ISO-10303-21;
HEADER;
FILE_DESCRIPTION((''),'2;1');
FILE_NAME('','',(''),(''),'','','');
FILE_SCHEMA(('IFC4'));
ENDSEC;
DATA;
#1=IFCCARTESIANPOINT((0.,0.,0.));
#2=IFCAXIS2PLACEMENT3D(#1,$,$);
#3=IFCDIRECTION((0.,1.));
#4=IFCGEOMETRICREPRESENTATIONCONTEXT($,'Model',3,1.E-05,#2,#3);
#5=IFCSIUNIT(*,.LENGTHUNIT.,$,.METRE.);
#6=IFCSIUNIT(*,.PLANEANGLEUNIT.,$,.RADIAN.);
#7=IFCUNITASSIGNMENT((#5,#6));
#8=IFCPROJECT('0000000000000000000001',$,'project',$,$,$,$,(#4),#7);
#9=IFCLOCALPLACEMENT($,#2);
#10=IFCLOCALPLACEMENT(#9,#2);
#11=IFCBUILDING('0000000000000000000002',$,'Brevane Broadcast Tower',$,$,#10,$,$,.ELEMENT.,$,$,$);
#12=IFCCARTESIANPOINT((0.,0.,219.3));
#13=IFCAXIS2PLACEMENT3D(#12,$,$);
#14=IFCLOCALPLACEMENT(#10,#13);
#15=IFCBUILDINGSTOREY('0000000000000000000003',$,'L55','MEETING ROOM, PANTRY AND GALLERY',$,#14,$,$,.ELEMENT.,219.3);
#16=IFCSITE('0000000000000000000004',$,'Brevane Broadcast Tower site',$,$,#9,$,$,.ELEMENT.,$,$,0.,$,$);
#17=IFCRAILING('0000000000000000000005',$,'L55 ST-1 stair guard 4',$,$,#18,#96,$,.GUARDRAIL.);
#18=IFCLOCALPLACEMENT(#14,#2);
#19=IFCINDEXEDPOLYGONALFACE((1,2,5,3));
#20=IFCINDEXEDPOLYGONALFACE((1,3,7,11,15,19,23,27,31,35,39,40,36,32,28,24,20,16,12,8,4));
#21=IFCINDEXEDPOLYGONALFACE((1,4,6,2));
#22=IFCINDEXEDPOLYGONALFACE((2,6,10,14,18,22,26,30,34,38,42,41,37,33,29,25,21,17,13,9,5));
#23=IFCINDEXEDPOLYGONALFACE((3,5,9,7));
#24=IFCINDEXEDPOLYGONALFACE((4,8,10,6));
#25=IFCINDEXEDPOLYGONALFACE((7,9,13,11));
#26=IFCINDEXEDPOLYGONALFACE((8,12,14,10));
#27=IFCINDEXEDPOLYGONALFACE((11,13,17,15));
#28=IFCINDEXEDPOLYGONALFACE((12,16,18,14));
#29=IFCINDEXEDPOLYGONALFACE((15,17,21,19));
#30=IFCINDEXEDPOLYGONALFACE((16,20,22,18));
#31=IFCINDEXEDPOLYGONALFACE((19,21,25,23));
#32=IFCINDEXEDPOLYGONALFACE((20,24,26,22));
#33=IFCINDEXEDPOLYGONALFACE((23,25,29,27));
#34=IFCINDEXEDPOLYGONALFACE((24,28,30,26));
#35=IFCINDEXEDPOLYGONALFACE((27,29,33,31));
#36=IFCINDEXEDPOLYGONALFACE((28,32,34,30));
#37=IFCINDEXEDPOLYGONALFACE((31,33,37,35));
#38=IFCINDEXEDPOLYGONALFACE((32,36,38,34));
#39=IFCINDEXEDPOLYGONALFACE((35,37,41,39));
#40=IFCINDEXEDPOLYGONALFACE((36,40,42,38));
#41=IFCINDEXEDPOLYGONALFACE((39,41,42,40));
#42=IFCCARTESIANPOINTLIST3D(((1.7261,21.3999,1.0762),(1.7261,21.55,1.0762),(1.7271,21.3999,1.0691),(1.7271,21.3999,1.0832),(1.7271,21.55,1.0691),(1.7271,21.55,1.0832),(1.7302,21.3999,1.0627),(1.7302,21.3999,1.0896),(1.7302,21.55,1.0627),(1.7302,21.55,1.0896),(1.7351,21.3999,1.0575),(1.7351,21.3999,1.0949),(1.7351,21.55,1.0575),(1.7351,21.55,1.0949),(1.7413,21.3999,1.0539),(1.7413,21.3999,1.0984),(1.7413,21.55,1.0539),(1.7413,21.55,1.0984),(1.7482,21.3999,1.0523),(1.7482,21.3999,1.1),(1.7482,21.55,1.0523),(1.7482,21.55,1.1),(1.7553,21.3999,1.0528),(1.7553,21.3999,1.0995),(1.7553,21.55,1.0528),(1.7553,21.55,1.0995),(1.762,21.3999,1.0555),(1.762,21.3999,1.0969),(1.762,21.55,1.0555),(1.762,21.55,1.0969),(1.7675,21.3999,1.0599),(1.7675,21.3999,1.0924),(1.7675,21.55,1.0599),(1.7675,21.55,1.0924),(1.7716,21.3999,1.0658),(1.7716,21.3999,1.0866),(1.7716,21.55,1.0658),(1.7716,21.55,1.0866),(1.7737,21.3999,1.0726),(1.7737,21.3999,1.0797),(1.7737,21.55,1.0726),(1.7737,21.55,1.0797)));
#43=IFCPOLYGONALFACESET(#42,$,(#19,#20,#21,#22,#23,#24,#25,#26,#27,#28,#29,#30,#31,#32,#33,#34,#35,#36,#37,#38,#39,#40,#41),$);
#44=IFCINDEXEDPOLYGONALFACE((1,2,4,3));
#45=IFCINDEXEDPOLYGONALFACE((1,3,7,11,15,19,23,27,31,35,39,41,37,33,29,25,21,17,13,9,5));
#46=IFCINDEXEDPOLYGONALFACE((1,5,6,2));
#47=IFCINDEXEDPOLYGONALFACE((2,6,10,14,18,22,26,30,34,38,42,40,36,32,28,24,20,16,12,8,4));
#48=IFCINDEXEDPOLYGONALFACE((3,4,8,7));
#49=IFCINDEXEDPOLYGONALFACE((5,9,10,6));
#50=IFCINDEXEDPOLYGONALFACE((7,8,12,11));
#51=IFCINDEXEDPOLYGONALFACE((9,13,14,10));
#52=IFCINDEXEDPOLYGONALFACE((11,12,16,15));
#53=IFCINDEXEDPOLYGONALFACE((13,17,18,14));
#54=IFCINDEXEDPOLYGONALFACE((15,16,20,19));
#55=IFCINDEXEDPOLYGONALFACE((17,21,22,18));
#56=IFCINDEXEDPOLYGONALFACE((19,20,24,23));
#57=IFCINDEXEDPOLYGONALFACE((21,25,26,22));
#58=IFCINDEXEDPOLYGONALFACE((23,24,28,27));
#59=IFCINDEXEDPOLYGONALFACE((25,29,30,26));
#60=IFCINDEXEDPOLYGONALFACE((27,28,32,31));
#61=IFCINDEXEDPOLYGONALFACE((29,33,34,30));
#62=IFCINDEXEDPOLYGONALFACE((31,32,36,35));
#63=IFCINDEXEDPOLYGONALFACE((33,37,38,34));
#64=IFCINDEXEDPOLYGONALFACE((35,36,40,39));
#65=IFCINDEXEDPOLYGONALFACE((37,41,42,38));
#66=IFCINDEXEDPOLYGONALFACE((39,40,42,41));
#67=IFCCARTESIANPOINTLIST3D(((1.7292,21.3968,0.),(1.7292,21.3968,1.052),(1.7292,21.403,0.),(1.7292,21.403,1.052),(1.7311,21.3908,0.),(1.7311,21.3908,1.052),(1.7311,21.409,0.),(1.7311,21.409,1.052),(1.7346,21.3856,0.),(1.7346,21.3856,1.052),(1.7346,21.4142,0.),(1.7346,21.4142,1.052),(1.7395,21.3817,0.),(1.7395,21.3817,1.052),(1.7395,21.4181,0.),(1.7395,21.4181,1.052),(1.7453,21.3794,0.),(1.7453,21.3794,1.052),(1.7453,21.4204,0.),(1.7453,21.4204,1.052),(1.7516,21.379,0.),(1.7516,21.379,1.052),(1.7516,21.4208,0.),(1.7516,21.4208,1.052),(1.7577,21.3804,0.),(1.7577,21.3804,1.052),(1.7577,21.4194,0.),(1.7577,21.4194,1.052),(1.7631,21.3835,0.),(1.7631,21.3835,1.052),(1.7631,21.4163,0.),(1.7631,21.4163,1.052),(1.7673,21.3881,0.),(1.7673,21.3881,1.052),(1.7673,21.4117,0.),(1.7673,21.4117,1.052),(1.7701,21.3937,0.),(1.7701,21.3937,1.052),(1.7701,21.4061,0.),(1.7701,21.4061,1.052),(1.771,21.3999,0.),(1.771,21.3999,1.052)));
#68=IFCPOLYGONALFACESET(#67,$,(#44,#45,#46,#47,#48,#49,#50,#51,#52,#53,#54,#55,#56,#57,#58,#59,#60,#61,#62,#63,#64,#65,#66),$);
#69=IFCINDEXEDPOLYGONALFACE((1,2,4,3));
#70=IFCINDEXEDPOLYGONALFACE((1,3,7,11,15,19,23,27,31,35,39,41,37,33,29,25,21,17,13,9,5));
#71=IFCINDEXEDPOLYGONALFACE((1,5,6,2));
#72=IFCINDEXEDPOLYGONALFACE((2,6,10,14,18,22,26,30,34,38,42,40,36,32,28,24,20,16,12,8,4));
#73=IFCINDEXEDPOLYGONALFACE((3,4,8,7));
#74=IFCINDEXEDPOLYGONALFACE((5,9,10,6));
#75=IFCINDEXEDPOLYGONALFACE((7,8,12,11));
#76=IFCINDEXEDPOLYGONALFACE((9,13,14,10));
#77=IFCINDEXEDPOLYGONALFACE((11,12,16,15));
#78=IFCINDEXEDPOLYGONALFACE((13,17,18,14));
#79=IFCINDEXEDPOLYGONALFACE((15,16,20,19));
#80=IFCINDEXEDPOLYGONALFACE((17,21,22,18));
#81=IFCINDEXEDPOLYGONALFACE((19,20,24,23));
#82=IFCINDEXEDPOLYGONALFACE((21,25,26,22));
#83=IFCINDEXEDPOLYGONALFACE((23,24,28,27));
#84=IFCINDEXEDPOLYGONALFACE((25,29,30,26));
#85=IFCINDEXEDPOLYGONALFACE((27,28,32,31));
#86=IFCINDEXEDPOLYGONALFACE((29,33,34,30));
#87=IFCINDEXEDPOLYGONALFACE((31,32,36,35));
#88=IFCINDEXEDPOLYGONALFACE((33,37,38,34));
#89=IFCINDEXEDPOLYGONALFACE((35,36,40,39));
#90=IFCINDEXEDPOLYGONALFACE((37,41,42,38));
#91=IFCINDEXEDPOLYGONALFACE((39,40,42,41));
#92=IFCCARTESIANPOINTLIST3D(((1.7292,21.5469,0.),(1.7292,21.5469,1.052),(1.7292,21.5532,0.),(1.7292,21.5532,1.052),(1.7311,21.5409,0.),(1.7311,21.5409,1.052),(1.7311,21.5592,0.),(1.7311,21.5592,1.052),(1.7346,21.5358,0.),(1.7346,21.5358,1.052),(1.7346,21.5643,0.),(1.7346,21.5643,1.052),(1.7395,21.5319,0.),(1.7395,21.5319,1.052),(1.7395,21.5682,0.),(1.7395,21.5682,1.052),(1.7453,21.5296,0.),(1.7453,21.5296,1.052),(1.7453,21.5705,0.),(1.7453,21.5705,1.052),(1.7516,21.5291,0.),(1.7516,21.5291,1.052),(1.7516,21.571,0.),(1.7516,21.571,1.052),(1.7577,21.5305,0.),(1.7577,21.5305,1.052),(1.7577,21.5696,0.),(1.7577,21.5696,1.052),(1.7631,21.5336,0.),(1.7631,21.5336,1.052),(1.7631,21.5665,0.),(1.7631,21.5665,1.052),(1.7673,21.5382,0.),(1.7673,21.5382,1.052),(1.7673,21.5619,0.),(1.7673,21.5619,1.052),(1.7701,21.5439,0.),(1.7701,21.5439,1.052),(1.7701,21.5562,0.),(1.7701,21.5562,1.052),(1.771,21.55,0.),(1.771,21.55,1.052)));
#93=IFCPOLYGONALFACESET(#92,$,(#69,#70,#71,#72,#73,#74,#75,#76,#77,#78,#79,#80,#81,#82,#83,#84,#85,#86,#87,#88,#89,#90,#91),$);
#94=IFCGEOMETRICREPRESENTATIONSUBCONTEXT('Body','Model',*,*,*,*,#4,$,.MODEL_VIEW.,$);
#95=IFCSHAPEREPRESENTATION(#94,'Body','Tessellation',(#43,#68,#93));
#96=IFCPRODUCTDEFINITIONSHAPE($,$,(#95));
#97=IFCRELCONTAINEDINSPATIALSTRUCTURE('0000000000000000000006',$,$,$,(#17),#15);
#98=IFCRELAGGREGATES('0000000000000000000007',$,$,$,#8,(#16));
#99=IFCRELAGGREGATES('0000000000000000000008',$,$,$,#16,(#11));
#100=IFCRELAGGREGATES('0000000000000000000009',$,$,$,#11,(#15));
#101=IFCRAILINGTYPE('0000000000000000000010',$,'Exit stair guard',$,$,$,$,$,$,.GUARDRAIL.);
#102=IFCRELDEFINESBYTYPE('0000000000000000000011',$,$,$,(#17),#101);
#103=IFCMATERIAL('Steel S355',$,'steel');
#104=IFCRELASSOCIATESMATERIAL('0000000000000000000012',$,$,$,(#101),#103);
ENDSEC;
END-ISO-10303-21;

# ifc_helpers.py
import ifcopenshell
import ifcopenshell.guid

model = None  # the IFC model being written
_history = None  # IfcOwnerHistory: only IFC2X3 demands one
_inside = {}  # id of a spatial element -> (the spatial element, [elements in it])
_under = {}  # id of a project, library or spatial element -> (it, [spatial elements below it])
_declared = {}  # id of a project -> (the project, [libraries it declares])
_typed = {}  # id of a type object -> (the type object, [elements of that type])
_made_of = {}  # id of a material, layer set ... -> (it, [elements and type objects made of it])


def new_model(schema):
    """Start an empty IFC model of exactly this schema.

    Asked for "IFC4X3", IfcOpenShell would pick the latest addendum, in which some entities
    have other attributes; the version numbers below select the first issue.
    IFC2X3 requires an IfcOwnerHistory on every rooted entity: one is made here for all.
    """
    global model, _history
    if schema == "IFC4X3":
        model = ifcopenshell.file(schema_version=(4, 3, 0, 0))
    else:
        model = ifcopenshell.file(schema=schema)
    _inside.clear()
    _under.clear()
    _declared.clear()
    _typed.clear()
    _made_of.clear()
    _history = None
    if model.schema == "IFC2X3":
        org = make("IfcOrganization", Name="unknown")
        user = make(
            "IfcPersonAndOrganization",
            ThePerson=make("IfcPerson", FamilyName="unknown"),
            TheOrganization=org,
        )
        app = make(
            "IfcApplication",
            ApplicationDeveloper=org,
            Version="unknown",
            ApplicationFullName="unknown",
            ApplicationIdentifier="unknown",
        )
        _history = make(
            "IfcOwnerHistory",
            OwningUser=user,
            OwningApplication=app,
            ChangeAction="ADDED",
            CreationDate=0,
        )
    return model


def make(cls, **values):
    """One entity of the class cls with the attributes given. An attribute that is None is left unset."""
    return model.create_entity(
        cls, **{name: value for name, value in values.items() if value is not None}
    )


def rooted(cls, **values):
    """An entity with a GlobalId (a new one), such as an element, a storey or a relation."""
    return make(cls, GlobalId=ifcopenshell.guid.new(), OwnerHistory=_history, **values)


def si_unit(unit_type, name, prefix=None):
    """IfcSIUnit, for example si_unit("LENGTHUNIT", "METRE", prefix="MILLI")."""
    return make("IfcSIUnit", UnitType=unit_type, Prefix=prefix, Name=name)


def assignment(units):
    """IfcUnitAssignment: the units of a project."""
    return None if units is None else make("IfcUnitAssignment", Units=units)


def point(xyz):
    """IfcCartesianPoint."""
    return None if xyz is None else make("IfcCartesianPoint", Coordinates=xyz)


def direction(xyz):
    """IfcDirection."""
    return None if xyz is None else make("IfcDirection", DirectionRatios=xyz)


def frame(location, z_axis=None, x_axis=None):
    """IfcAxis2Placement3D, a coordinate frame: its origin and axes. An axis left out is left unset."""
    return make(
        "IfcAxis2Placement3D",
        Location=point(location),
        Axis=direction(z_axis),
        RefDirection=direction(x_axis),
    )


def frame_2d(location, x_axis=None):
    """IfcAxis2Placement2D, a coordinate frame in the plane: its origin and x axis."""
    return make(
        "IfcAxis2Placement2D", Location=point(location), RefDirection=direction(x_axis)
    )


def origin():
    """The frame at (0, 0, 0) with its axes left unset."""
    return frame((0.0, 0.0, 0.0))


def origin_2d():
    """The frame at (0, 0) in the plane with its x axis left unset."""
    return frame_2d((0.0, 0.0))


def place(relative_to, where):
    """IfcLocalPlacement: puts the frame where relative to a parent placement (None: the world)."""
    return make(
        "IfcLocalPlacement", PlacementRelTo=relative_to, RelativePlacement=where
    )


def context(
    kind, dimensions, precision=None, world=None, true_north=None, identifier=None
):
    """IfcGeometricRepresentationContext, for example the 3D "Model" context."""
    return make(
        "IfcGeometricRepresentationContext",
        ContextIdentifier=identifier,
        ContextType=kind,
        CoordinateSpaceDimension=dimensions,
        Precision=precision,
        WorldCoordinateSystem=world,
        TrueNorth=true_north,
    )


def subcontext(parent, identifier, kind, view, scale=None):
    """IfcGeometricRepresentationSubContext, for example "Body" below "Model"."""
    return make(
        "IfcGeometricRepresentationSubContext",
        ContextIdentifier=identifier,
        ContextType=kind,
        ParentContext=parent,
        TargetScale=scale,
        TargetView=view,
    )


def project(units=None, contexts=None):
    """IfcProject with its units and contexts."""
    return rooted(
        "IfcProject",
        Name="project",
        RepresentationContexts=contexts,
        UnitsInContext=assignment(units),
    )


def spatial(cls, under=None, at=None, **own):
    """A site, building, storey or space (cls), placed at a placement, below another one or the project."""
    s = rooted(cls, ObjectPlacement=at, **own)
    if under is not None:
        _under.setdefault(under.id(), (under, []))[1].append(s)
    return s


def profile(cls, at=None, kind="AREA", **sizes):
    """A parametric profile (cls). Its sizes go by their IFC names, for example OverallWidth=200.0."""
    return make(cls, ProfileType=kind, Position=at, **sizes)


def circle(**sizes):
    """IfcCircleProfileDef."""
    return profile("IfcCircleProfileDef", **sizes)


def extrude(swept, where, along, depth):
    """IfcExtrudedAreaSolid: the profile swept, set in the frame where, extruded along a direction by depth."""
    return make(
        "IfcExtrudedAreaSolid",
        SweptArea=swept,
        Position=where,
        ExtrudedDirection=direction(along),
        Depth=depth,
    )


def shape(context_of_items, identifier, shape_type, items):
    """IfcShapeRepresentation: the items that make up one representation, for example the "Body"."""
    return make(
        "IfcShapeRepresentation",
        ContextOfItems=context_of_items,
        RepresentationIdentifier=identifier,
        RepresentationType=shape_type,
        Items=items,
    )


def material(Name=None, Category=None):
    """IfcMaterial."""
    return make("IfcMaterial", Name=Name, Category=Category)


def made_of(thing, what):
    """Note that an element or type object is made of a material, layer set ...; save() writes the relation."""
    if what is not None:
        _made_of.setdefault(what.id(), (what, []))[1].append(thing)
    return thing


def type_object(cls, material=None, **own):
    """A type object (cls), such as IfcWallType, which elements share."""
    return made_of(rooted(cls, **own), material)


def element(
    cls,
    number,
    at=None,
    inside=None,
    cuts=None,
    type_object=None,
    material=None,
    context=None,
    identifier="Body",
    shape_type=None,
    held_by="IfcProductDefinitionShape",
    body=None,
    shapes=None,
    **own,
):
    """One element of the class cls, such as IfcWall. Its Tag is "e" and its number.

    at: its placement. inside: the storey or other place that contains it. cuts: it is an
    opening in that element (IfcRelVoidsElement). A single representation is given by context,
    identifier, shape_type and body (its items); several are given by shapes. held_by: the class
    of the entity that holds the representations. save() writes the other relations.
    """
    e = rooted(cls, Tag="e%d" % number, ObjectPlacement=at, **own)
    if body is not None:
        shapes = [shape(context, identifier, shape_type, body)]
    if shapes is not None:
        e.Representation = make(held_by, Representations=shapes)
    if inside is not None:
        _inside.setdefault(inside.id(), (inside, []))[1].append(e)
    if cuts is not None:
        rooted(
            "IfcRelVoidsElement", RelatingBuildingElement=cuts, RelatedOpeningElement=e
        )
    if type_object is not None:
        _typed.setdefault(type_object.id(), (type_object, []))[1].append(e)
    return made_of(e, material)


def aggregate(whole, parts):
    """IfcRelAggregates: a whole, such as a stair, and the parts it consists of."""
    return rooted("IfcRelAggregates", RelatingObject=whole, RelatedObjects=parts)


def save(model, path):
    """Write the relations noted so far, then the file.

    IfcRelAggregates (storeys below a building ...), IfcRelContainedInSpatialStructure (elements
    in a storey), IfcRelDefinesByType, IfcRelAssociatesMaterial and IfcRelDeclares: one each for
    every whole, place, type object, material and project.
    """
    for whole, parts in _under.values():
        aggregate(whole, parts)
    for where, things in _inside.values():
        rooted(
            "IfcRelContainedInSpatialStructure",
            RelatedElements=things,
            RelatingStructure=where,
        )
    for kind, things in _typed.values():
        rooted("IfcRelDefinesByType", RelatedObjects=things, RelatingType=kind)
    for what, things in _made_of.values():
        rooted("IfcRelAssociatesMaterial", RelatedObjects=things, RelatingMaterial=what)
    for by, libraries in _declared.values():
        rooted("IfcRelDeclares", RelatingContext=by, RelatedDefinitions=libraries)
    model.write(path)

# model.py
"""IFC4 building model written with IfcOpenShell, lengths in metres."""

from ifc_helpers import new_model, si_unit, direction, frame, origin, origin_2d, place, context, subcontext, project, spatial, circle, extrude, material, type_object, element, save


model = new_model("IFC4")

# Units and contexts
model_context = context("Model", 3, precision=1e-05, world=origin(), true_north=direction((0.0, 1.0)))
body_context = subcontext(model_context, "Body", "Model", "MODEL_VIEW")
ifc_project = project(units=[si_unit("LENGTHUNIT", "METRE"), si_unit("PLANEANGLEUNIT", "RADIAN")], contexts=[model_context])

# Site, building, storey
site_placement = place(None, origin())
site = spatial("IfcSite", under=ifc_project, at=site_placement, Name="Brevane Broadcast Tower site", CompositionType="ELEMENT", RefElevation=0.0)
building_placement = place(site_placement, origin())
building = spatial("IfcBuilding", under=site, at=building_placement, Name="Brevane Broadcast Tower", CompositionType="ELEMENT")
storey_placement = place(building_placement, frame((0.0, 0.0, 219.3)))
storey = spatial("IfcBuildingStorey", under=building, at=storey_placement, Name="L55", Description="MEETING ROOM, PANTRY AND GALLERY", CompositionType="ELEMENT", Elevation=219.3)

# Railing
ifc_material_1 = material(Name="Steel S355", Category="steel")
railing_type_1 = type_object("IfcRailingType", Name="Exit stair guard", PredefinedType="GUARDRAIL", material=ifc_material_1)
railing_1_placement = place(storey_placement, frame((1.75, 21.3999, 0.0)))
element("IfcRailing", 1, at=railing_1_placement, inside=storey, type_object=railing_type_1, Name="L55 ST-1 stair guard 4", PredefinedType="GUARDRAIL", context=body_context, shape_type="SweptSolid", body=[
    extrude(circle(Radius=0.0239, at=origin_2d()), frame((0.0, 0.0, 1.0762), z_axis=(0.0, 1.0, 0.0), x_axis=(-1.0, 0.0, 0.0)), (0.0, 0.0, 1.0), 0.1501),
    extrude(circle(Radius=0.021, at=origin_2d()), origin(), (0.0, 0.0, 1.0), 1.052),
    extrude(circle(Radius=0.021, at=origin_2d()), frame((0.0, 0.1501, 0.0)), (0.0, 0.0, 1.0), 1.052),
])

save(model, "model.ifc")
